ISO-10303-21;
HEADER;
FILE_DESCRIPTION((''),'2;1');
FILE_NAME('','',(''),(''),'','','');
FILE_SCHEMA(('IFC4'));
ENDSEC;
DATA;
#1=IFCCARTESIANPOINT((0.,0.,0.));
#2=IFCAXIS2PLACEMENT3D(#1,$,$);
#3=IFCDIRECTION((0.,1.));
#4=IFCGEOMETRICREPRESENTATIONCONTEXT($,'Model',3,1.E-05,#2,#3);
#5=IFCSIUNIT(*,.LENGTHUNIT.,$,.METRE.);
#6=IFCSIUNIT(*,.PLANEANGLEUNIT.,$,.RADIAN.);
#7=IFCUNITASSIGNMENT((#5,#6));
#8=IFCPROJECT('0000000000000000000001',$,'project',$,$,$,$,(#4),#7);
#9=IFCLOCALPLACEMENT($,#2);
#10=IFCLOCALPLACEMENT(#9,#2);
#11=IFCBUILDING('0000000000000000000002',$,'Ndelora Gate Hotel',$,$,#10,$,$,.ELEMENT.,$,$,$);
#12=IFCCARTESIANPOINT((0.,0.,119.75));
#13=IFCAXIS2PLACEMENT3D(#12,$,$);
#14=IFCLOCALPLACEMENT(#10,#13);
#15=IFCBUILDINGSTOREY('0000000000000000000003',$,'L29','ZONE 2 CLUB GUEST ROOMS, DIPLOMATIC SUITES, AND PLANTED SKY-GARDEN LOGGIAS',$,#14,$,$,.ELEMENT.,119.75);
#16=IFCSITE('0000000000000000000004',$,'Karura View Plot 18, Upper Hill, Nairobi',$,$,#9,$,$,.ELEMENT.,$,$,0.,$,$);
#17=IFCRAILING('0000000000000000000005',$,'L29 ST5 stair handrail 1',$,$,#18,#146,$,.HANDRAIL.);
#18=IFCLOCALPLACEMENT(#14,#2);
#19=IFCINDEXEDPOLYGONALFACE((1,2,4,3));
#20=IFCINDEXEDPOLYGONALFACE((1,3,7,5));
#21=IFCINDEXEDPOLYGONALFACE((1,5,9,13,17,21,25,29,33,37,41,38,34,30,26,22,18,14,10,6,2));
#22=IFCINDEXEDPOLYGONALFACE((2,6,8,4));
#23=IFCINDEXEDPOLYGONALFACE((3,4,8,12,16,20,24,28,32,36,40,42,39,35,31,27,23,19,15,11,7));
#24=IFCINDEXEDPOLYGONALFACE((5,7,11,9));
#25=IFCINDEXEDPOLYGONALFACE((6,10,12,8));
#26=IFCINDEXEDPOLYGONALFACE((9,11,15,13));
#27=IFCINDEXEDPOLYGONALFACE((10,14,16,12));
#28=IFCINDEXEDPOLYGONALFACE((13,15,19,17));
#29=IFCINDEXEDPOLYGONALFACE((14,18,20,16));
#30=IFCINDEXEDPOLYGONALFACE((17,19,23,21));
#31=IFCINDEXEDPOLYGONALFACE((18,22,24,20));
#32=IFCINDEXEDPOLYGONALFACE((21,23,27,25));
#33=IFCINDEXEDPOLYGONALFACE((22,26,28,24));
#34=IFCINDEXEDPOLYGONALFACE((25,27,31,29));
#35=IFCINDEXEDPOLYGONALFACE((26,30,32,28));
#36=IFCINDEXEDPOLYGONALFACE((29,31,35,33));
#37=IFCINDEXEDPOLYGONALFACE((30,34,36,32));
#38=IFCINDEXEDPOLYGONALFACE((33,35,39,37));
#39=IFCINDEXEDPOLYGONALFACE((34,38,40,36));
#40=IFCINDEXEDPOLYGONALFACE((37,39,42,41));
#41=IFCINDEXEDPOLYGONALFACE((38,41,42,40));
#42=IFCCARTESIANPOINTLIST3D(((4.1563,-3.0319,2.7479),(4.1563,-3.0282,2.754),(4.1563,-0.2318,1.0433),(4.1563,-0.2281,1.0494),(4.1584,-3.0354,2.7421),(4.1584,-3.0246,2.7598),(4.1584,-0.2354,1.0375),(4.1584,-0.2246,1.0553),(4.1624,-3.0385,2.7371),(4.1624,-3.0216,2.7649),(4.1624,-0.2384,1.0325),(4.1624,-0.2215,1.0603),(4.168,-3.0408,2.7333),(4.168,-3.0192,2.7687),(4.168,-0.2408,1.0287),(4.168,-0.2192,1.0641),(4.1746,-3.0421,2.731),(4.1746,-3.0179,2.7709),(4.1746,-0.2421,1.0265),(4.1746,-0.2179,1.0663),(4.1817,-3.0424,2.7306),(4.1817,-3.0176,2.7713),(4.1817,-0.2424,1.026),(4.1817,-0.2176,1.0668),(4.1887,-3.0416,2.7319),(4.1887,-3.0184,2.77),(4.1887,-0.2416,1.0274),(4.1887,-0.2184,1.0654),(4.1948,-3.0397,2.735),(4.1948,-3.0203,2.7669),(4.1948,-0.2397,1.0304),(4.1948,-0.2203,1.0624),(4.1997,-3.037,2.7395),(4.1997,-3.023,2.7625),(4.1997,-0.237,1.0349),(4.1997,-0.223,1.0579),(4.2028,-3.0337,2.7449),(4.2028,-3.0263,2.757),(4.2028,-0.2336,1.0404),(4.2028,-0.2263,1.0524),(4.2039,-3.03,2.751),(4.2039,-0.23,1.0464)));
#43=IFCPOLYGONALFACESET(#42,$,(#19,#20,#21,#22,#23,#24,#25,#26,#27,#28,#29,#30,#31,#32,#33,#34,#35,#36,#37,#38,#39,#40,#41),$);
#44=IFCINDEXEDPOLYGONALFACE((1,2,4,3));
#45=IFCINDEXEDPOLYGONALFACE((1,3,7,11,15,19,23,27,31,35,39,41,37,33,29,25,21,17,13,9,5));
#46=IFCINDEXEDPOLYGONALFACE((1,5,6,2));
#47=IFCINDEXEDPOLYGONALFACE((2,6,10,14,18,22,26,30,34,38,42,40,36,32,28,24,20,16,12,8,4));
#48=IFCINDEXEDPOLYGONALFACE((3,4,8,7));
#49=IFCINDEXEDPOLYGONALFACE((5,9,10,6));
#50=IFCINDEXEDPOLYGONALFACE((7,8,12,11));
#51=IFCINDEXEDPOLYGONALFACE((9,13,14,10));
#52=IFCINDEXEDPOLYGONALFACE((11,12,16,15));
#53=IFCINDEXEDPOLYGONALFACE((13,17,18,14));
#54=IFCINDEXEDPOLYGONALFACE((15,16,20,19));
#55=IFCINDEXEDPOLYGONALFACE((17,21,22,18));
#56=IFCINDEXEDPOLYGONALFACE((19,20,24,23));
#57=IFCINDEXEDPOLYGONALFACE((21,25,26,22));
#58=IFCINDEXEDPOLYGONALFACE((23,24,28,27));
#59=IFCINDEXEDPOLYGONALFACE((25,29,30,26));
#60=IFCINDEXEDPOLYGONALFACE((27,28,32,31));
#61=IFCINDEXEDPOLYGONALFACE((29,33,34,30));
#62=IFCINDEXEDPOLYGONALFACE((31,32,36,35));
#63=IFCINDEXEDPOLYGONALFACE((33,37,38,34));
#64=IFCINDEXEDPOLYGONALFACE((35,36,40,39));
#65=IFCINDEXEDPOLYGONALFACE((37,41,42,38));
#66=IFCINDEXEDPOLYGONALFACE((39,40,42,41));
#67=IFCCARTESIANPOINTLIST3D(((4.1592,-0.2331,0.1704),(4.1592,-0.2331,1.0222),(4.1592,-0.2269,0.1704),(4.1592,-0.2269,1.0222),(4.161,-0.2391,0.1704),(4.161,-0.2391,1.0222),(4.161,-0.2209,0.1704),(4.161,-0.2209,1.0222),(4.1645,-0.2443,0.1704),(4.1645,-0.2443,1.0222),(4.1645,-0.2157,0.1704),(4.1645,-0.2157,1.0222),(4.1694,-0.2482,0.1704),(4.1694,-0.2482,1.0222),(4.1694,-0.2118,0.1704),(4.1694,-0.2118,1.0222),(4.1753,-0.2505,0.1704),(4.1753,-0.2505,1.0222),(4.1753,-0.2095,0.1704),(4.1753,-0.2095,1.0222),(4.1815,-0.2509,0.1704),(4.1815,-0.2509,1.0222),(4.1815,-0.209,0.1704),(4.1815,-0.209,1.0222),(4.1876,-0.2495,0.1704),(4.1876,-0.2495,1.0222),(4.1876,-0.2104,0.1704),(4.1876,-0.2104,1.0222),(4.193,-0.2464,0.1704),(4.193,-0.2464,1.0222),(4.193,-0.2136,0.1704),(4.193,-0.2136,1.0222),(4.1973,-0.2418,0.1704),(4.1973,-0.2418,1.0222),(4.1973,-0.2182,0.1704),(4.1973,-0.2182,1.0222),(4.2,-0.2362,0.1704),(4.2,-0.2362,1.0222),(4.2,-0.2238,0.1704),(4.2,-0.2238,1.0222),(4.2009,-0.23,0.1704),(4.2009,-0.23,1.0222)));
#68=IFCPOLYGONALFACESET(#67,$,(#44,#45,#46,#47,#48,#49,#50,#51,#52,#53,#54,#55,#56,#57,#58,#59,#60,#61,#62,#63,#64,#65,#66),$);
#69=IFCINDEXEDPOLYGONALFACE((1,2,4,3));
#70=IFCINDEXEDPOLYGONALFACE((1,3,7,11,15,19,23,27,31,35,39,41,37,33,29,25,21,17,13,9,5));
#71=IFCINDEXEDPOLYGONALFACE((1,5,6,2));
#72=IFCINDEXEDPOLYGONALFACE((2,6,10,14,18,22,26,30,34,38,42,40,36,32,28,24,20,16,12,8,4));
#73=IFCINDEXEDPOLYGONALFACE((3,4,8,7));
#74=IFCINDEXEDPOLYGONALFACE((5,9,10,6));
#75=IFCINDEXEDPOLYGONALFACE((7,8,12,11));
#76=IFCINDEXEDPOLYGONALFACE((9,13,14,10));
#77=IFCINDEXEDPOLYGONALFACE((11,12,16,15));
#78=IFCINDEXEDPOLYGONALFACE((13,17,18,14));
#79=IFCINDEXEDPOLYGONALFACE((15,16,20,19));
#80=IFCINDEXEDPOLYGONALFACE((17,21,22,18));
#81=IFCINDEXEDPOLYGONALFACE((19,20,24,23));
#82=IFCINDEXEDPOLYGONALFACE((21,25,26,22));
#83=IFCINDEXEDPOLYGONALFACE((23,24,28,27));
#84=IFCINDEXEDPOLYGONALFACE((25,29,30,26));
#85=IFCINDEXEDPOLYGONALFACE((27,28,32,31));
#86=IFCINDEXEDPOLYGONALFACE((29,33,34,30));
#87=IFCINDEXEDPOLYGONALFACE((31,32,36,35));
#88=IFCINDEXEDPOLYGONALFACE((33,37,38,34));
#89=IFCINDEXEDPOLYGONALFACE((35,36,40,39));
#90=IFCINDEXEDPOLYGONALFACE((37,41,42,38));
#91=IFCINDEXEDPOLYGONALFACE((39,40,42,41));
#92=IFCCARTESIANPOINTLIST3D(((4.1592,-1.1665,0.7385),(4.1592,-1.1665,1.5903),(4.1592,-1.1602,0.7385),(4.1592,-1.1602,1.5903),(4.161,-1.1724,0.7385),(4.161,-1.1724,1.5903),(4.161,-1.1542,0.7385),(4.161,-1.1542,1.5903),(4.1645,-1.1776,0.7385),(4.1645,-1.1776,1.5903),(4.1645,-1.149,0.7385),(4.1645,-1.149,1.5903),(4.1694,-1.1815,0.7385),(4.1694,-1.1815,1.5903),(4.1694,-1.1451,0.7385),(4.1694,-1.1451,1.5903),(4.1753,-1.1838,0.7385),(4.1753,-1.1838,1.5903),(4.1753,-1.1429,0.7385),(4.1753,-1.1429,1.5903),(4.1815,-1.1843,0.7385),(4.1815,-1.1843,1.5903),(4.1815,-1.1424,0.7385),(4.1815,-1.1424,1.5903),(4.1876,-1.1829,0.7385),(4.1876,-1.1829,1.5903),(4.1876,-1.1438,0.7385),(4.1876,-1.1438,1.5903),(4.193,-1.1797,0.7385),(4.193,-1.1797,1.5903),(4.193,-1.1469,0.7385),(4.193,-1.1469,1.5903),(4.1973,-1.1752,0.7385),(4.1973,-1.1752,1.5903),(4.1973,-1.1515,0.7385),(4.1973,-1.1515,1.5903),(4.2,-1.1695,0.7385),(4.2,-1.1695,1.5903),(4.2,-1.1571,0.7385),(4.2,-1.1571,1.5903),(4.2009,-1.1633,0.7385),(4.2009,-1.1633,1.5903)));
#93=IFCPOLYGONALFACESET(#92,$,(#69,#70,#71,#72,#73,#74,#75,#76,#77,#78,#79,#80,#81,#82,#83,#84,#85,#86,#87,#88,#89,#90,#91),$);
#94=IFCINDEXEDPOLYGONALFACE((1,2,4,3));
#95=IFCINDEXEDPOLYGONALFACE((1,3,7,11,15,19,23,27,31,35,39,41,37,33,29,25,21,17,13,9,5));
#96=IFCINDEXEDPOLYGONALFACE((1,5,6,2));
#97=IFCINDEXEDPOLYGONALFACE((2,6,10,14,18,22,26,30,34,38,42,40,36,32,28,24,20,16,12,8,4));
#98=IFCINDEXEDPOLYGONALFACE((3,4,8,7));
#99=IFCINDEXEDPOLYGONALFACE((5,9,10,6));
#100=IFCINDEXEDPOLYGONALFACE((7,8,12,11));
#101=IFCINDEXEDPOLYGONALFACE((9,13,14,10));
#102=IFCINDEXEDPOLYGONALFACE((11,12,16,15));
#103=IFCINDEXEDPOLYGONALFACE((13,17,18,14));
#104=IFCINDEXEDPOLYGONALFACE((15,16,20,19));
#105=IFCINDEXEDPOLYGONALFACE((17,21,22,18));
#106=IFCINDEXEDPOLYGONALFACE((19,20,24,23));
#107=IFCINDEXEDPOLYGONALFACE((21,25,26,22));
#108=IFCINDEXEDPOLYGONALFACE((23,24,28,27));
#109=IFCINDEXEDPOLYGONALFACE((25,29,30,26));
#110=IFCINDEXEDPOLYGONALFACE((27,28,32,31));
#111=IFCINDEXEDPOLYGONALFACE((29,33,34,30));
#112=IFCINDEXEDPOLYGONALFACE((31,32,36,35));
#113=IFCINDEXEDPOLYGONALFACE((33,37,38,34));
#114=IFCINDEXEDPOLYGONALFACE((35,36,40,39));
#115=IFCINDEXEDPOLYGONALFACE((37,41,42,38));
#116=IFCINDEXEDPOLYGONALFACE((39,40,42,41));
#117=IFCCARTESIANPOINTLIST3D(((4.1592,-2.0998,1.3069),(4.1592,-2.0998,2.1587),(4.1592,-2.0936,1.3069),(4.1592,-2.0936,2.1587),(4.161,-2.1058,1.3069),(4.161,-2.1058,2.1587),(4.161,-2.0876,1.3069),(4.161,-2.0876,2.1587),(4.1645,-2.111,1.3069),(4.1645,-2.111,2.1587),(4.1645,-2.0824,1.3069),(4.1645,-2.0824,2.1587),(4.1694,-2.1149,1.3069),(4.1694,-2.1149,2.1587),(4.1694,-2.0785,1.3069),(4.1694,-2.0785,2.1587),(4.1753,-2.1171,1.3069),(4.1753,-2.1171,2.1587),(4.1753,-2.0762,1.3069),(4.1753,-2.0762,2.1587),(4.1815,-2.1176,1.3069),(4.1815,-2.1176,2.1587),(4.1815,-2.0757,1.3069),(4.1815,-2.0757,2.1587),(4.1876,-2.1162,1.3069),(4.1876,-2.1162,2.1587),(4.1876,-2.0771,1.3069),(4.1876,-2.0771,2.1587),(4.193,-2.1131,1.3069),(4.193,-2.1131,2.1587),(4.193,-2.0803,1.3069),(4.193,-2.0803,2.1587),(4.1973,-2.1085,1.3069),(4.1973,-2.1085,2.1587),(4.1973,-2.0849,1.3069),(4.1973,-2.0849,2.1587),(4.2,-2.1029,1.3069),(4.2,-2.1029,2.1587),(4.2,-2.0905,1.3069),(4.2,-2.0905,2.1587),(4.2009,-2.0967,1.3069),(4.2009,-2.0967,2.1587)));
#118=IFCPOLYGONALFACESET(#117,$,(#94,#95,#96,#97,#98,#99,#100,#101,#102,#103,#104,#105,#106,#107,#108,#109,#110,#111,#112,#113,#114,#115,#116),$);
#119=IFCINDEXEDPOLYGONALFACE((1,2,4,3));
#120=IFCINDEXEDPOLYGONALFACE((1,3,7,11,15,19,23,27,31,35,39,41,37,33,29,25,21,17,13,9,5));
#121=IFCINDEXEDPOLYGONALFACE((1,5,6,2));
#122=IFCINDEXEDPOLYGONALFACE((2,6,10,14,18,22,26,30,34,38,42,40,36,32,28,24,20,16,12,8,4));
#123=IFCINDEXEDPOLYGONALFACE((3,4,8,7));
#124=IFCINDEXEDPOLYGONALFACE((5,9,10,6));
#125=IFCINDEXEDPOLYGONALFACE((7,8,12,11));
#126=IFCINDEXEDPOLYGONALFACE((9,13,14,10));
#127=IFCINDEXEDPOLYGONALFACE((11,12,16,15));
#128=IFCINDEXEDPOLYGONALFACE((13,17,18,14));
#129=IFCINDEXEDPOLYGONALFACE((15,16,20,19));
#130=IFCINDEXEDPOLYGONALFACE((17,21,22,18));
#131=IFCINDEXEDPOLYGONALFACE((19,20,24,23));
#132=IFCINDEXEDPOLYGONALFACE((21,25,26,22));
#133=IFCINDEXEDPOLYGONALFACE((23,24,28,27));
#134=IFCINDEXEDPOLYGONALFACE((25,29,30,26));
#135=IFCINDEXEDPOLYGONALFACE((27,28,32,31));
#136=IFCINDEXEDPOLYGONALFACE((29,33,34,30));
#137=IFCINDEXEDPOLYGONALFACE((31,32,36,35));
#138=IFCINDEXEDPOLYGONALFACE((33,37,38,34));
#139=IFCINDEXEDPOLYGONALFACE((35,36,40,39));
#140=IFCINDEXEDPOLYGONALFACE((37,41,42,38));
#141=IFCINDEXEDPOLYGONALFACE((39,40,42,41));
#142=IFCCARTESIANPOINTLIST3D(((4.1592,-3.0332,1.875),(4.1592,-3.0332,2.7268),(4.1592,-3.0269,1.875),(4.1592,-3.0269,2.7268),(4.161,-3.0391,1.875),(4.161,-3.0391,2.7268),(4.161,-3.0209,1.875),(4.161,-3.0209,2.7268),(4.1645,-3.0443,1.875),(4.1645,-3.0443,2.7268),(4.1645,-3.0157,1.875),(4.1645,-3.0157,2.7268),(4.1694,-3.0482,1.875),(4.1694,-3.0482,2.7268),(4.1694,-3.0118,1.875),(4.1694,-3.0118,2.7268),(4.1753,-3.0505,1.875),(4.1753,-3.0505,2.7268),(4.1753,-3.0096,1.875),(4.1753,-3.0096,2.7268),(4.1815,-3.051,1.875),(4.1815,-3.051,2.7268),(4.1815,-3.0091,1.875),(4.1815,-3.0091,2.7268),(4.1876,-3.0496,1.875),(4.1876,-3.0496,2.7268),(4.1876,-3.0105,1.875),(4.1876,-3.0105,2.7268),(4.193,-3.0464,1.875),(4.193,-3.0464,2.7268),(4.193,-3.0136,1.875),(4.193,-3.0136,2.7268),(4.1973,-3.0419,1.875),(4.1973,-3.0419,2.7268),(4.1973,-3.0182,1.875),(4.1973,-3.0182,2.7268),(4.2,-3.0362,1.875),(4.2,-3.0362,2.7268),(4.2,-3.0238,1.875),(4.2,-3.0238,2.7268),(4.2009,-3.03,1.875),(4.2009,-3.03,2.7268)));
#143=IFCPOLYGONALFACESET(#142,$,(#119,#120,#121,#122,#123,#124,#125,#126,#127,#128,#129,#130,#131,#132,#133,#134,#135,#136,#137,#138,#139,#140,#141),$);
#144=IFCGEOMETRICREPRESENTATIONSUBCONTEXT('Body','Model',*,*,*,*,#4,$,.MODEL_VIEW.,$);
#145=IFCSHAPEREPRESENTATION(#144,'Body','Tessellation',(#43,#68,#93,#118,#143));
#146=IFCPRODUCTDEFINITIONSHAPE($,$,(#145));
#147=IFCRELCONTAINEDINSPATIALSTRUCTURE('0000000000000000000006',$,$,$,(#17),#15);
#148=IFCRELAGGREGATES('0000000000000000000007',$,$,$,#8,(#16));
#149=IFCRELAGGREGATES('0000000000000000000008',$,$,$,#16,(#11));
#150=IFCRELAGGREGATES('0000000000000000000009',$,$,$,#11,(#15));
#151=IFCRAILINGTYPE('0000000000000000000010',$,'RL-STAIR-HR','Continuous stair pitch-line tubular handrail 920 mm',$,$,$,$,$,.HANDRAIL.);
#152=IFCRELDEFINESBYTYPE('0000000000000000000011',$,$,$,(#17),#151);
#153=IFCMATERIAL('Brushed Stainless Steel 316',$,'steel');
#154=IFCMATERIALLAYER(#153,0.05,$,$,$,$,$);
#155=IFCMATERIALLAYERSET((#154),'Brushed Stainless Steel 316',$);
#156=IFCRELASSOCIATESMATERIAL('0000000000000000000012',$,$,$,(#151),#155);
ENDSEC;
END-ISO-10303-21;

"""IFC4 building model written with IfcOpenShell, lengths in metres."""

from ifc_helpers import new_model, si_unit, direction, frame, origin, origin_2d, place, context, subcontext, project, spatial, circle, extrude, material, layer, layer_set, type_object, element, save


model = new_model("IFC4")

# Units and contexts
model_context = context("Model", 3, precision=1e-05, world=origin(), true_north=direction((0.0, 1.0)))
body_context = subcontext(model_context, "Body", "Model", "MODEL_VIEW")
ifc_project = project(units=[si_unit("LENGTHUNIT", "METRE"), si_unit("PLANEANGLEUNIT", "RADIAN")], contexts=[model_context])

# Site, building, storey
site_placement = place(None, origin())
site = spatial("IfcSite", under=ifc_project, at=site_placement, Name="Karura View Plot 18, Upper Hill, Nairobi", CompositionType="ELEMENT", RefElevation=0.0)
building_placement = place(site_placement, origin())
building = spatial("IfcBuilding", under=site, at=building_placement, Name="Ndelora Gate Hotel", CompositionType="ELEMENT")
storey_placement = place(building_placement, frame((0.0, 0.0, 119.75)))
storey = spatial("IfcBuildingStorey", under=building, at=storey_placement, Name="L29", Description="ZONE 2 CLUB GUEST ROOMS, DIPLOMATIC SUITES, AND PLANTED SKY-GARDEN LOGGIAS", CompositionType="ELEMENT", Elevation=119.75)

# Railing
ifc_material_1 = material(Name="Brushed Stainless Steel 316", Category="steel")
ifc_layer_1 = layer(ifc_material_1, 0.05)
ifc_layer_set_1 = layer_set([ifc_layer_1], Name="Brushed Stainless Steel 316")
railing_type_1 = type_object("IfcRailingType", Name="RL-STAIR-HR", Description="Continuous stair pitch-line tubular handrail 920 mm", PredefinedType="HANDRAIL", material=ifc_layer_set_1)
railing_1_placement = place(storey_placement, frame((4.1799, -0.23, 0.1704)))
element("IfcRailing", 1, at=railing_1_placement, inside=storey, type_object=railing_type_1, Name="L29 ST5 stair handrail 1", PredefinedType="HANDRAIL", context=body_context, shape_type="SweptSolid", body=[
    extrude(circle(Radius=0.0239, at=origin_2d()), frame((0.0, 0.0, 0.876), z_axis=(0.0, -0.85417, 0.519994), x_axis=(1.0, 0.0, 0.0)), (0.0, 0.0, 1.0), 3.2781),
    extrude(circle(Radius=0.021, at=origin_2d()), origin(), (0.0, 0.0, 1.0), 0.8518),
    extrude(circle(Radius=0.021, at=origin_2d()), frame((0.0, -0.9333, 0.5681)), (0.0, 0.0, 1.0), 0.8518),
    extrude(circle(Radius=0.021, at=origin_2d()), frame((0.0, -1.8667, 1.1365)), (0.0, 0.0, 1.0), 0.8518),
    extrude(circle(Radius=0.021, at=origin_2d()), frame((0.0, -2.8, 1.7046)), (0.0, 0.0, 1.0), 0.8518),
])

save(model, "model.ifc")
